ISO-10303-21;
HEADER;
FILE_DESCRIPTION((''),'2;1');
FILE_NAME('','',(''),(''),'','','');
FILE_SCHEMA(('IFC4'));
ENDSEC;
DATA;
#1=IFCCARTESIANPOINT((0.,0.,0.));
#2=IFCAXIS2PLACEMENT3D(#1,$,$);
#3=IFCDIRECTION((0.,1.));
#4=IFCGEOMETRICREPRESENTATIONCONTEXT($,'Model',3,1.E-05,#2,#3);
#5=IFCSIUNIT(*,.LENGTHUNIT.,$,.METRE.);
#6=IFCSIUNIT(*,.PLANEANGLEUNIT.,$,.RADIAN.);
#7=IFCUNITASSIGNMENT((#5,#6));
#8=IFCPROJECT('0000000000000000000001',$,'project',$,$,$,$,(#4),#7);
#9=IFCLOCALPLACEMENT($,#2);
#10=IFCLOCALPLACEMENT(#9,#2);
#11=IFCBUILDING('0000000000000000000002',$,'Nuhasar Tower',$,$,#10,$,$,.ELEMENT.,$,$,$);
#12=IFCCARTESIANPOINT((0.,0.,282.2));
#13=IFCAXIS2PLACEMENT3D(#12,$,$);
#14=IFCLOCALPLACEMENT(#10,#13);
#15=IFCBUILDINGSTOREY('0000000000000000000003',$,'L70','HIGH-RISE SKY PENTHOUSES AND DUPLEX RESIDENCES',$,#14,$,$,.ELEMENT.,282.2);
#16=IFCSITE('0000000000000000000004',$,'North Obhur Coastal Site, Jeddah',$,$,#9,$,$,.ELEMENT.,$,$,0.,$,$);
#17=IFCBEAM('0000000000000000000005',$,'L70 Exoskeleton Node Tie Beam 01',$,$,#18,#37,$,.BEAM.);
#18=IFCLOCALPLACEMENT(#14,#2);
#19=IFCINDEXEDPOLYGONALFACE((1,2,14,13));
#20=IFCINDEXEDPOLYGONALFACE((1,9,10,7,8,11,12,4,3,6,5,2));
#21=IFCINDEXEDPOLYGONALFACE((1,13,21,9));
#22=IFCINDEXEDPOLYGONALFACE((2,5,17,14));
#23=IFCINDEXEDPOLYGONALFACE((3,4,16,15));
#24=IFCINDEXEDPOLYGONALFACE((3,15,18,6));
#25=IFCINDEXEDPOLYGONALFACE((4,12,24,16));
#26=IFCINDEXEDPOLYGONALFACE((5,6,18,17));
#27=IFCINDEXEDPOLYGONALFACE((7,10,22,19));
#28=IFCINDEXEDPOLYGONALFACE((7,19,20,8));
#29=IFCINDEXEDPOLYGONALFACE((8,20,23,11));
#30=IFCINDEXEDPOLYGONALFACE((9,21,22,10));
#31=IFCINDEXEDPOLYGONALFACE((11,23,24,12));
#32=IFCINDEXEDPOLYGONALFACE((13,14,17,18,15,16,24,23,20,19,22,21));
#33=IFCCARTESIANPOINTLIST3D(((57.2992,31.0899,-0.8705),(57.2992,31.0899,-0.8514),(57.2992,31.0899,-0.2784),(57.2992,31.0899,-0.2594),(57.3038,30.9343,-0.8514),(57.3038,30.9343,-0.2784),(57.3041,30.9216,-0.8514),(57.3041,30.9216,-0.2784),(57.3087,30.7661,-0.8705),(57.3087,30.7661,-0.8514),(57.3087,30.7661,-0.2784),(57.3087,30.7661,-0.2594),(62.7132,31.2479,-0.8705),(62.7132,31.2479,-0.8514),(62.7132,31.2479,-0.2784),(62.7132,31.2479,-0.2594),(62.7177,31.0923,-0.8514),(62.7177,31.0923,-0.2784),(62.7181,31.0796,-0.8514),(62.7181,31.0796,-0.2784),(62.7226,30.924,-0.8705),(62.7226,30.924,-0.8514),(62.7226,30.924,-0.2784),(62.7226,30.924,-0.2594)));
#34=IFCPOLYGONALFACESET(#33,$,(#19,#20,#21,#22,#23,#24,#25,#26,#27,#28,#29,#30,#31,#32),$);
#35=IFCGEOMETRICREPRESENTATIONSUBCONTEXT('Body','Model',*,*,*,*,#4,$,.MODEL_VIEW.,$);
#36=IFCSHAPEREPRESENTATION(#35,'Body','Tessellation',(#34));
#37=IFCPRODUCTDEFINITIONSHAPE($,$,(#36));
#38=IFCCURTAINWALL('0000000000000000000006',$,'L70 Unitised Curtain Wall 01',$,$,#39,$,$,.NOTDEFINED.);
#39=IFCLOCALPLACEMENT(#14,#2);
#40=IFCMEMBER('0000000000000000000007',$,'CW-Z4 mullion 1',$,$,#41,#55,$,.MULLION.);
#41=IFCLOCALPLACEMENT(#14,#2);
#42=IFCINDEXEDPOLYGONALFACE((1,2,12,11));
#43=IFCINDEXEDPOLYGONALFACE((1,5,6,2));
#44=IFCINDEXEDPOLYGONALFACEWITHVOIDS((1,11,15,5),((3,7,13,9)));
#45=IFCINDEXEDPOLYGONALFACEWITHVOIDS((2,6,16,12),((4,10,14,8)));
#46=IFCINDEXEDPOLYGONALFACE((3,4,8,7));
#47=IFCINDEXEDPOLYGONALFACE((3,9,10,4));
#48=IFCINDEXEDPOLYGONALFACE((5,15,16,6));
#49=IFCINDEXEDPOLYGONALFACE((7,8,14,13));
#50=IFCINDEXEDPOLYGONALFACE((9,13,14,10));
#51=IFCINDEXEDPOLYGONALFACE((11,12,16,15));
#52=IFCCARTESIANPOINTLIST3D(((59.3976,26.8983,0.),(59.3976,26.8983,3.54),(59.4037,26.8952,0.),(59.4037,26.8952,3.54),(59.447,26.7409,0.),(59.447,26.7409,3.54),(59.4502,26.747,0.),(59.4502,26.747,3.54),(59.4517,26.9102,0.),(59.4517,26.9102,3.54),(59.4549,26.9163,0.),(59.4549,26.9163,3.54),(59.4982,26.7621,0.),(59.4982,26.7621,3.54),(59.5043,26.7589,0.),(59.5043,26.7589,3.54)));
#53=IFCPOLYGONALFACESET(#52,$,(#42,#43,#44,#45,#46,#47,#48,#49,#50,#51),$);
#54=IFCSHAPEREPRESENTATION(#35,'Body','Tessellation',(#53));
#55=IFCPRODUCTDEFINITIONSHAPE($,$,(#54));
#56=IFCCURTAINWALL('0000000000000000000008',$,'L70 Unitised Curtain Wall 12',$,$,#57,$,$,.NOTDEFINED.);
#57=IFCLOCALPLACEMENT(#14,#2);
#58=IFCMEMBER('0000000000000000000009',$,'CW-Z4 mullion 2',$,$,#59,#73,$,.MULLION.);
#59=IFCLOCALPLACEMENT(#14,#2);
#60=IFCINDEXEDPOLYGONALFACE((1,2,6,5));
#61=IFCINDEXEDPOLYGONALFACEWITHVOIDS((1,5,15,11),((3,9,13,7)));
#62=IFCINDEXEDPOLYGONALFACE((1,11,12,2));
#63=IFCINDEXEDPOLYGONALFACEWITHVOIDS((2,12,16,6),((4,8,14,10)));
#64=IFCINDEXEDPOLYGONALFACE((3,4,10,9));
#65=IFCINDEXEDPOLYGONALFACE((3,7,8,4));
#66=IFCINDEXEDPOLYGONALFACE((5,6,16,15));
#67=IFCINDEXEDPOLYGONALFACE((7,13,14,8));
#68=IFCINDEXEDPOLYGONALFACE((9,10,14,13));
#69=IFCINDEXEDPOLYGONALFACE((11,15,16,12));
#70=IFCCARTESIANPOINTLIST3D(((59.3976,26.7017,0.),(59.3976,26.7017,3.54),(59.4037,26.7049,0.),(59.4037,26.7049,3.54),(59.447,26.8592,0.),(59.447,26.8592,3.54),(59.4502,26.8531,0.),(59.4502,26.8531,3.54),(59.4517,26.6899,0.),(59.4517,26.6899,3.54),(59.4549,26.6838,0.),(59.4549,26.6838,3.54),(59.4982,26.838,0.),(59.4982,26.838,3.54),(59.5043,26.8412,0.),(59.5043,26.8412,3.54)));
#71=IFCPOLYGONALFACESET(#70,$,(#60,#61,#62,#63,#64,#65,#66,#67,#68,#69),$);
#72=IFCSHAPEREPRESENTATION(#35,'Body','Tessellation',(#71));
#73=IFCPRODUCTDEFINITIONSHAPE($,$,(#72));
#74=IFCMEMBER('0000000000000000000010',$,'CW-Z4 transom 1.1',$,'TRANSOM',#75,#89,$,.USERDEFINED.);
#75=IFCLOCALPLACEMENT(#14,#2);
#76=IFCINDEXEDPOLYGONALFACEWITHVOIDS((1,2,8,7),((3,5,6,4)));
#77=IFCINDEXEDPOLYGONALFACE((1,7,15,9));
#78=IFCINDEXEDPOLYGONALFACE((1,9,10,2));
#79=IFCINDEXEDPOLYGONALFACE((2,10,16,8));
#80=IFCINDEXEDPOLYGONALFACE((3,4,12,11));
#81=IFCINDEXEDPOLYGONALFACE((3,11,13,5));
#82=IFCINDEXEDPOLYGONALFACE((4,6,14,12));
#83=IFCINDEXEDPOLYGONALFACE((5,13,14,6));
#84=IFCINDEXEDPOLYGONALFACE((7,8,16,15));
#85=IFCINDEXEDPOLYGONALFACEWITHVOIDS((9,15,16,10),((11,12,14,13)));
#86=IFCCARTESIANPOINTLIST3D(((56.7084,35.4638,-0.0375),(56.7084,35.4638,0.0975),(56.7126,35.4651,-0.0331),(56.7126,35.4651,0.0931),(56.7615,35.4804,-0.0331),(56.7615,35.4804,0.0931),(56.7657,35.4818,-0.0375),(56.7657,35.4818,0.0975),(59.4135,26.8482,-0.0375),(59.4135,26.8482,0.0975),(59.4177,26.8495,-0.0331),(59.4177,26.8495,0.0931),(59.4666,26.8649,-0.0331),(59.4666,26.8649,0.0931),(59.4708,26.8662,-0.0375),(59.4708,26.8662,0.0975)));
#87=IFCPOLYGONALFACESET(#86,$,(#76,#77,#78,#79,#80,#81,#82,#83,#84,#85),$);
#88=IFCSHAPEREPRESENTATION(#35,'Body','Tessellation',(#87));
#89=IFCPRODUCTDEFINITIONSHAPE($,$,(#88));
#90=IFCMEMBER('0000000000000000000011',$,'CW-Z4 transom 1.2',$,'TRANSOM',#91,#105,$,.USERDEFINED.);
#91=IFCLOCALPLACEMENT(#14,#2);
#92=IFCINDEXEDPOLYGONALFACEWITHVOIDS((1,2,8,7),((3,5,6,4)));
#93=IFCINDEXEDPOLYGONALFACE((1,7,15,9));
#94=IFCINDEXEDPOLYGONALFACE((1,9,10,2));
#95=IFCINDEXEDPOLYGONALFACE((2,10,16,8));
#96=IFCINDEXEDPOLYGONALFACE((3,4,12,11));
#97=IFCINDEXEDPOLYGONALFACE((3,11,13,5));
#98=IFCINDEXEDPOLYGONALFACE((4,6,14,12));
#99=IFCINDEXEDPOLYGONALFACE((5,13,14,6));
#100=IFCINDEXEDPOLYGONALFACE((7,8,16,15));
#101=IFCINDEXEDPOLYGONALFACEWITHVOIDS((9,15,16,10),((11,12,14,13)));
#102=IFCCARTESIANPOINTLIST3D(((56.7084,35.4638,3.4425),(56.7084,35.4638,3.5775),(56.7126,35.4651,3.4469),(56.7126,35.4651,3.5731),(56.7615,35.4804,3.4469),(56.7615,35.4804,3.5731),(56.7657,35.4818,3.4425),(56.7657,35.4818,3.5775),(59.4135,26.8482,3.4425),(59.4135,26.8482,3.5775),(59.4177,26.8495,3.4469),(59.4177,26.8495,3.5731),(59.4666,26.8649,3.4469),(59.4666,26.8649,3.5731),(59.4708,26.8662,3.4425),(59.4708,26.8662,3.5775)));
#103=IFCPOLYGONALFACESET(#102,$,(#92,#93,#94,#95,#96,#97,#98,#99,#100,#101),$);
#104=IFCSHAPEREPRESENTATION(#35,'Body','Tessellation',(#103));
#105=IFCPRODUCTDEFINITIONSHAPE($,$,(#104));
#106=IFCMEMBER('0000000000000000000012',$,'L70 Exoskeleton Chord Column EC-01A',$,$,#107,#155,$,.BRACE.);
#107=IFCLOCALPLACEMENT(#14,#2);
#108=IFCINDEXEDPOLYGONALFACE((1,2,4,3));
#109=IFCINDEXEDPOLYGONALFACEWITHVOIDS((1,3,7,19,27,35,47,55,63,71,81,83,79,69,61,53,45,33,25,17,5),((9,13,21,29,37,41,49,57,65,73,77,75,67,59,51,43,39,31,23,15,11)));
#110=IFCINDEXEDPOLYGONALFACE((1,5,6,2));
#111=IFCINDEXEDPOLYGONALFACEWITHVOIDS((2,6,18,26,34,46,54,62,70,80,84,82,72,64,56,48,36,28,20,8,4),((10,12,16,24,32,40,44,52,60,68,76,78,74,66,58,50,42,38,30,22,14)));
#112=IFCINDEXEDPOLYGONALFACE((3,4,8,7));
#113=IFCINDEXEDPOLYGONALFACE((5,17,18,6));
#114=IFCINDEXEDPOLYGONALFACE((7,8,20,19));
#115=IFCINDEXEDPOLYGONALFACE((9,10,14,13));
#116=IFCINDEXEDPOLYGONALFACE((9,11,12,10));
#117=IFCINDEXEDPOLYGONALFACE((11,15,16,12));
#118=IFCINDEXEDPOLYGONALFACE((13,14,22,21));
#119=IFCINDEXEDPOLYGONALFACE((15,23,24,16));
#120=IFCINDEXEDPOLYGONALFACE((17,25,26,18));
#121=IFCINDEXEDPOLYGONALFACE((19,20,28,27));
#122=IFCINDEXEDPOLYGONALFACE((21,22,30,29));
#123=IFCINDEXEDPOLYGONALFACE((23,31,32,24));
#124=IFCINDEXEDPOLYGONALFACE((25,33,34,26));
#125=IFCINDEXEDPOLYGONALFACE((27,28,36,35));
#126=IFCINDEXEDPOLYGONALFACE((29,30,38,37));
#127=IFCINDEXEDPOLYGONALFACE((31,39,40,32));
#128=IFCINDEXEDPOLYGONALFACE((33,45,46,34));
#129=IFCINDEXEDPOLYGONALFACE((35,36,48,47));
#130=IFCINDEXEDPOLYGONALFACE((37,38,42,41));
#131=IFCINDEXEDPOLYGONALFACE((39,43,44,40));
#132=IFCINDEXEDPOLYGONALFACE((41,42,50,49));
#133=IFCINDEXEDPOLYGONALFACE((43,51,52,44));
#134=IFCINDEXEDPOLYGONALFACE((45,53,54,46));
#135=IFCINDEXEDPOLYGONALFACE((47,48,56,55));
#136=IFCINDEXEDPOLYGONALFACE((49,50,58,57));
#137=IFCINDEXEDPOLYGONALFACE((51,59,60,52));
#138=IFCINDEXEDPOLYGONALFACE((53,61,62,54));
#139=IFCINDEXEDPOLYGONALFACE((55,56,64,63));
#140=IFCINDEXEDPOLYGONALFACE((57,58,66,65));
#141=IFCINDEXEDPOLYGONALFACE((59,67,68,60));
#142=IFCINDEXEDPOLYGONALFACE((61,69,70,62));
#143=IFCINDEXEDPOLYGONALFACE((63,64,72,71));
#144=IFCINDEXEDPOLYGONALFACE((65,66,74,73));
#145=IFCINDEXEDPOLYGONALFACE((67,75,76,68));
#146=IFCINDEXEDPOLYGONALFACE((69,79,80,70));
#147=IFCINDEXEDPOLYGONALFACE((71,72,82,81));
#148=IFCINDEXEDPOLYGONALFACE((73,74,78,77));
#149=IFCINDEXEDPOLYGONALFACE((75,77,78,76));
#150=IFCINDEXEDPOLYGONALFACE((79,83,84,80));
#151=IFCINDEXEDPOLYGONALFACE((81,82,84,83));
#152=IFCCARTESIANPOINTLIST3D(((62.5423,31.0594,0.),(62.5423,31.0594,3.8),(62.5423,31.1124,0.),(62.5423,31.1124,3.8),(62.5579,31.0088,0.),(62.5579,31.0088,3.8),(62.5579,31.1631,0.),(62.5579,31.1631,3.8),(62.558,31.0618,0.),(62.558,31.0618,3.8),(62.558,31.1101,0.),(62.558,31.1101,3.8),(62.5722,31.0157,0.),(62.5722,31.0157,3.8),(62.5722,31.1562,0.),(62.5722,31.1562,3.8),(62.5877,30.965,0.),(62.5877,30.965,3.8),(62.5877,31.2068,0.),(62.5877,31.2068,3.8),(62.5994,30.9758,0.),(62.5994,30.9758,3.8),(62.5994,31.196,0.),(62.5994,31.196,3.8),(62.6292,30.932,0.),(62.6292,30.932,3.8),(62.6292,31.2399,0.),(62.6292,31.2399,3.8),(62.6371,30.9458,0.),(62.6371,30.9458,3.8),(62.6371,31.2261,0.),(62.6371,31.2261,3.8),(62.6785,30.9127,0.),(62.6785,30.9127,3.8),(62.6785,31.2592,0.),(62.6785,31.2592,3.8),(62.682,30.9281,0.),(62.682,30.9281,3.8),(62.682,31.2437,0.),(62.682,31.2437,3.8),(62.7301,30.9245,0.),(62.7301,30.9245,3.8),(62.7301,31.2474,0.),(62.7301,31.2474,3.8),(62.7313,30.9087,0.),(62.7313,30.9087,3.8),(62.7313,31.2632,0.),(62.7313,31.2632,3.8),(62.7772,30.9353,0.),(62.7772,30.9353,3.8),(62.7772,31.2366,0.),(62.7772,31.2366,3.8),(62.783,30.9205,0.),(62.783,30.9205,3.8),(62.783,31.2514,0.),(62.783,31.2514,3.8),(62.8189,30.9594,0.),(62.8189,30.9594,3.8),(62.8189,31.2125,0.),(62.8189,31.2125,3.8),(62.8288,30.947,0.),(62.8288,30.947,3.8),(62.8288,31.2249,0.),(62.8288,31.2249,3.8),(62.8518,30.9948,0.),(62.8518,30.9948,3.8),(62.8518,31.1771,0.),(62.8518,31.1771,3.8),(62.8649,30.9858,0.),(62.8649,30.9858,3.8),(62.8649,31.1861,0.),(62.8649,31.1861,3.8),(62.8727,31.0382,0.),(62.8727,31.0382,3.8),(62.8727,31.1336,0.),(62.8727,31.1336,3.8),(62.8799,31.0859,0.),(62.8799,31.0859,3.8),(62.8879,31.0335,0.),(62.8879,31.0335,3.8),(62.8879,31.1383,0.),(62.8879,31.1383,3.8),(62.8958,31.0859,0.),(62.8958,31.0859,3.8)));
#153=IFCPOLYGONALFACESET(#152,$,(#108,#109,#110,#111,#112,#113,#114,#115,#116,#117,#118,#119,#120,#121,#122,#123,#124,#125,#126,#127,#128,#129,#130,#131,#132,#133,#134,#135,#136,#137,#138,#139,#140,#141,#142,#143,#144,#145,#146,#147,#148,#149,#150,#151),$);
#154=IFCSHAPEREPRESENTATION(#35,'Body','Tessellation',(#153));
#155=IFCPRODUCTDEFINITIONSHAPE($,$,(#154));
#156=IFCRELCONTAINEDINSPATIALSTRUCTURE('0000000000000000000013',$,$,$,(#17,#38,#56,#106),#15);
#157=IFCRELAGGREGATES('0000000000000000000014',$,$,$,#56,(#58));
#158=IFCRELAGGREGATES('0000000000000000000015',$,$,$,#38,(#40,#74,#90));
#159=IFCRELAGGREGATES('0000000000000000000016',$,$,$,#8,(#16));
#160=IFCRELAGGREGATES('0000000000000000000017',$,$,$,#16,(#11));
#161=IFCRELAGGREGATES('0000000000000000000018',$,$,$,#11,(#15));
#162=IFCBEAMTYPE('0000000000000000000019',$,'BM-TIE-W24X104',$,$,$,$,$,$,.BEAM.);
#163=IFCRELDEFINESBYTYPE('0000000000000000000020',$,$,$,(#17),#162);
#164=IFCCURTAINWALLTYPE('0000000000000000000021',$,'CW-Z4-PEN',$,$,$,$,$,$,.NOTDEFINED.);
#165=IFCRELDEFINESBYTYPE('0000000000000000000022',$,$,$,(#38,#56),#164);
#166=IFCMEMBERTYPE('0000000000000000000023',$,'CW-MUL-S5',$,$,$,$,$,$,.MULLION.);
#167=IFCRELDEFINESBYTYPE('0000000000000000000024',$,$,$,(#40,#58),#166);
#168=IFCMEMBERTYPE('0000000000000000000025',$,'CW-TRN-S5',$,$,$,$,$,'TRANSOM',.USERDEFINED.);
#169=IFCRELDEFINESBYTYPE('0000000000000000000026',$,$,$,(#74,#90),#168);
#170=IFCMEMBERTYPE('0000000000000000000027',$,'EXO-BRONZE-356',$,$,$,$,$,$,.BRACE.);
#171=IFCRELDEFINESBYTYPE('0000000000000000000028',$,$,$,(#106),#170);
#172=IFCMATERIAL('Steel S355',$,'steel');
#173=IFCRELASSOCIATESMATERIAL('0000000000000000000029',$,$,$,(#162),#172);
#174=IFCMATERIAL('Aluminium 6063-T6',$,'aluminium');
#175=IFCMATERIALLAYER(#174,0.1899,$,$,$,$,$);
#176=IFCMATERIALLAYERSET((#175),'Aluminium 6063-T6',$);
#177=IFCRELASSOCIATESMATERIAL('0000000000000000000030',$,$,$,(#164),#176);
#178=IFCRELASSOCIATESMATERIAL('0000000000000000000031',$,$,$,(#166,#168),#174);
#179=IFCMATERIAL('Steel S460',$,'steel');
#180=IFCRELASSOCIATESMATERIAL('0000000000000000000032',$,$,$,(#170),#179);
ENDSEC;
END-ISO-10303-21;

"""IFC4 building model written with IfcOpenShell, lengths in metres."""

from ifc_helpers import new_model, si_unit, direction, frame, origin, origin_2d, place, context, subcontext, project, spatial, hollow_rectangle, hollow_circle, i_section, extrude, material, layer, layer_set, material_profile, profile_set, type_object, element, aggregate, save


model = new_model("IFC4")

# Units and contexts
model_context = context("Model", 3, precision=1e-05, world=origin(), true_north=direction((0.0, 1.0)))
body_context = subcontext(model_context, "Body", "Model", "MODEL_VIEW")
ifc_project = project(units=[si_unit("LENGTHUNIT", "METRE"), si_unit("PLANEANGLEUNIT", "RADIAN")], contexts=[model_context])

# Site, building, storey
site_placement = place(None, origin())
site = spatial("IfcSite", under=ifc_project, at=site_placement, Name="North Obhur Coastal Site, Jeddah", CompositionType="ELEMENT", RefElevation=0.0)
building_placement = place(site_placement, origin())
building = spatial("IfcBuilding", under=site, at=building_placement, Name="Nuhasar Tower", CompositionType="ELEMENT")
storey_placement = place(building_placement, frame((0.0, 0.0, 282.2)))
storey = spatial("IfcBuildingStorey", under=building, at=storey_placement, Name="L70", Description="HIGH-RISE SKY PENTHOUSES AND DUPLEX RESIDENCES", CompositionType="ELEMENT", Elevation=282.2)

# Beam
ifc_material_1 = material(Name="Steel S355", Category="steel")
ifc_material_profile_1 = material_profile(ifc_material_1, i_section(OverallWidth=0.324, OverallDepth=0.6111, WebThickness=0.0127, FlangeThickness=0.019, at=origin_2d()), Name="W24X104")
ifc_profile_set_1 = profile_set([ifc_material_profile_1], Name="Steel S355")
beam_type_1 = type_object("IfcBeamType", Name="BM-TIE-W24X104", PredefinedType="BEAM", material=ifc_profile_set_1)
beam_1_placement = place(storey_placement, frame((57.304, 30.928, -0.5649), z_axis=(0.999575, 0.029163, 0.0), x_axis=(-0.029163, 0.999575, 0.0)))
element("IfcBeam", 1, at=beam_1_placement, inside=storey, type_object=beam_type_1, Name="L70 Exoskeleton Node Tie Beam 01", PredefinedType="BEAM", context=body_context, shape_type="SweptSolid", body=[
    extrude(i_section(OverallWidth=0.324, OverallDepth=0.6111, WebThickness=0.0127, FlangeThickness=0.019, at=origin_2d()), origin(), (0.0, 0.0, 1.0), 5.4163),
])

# Curtain walls, members
ifc_material_2 = material(Name="Aluminium 6063-T6", Category="aluminium")
ifc_layer_1 = layer(ifc_material_2, 0.1899)
ifc_layer_set_1 = layer_set([ifc_layer_1], Name="Aluminium 6063-T6")
curtain_wall_type = type_object("IfcCurtainWallType", Name="CW-Z4-PEN", PredefinedType="NOTDEFINED", material=ifc_layer_set_1)
curtain_wall_1_placement = place(storey_placement, origin())
curtain_wall_1 = element("IfcCurtainWall", 2, at=curtain_wall_1_placement, inside=storey, type_object=curtain_wall_type, Name="L70 Unitised Curtain Wall 01", PredefinedType="NOTDEFINED")
ifc_material_profile_2 = material_profile(ifc_material_2, hollow_rectangle(XDim=0.0601, YDim=0.165, WallThickness=0.0049, at=origin_2d()), Name="CWM-5")
ifc_profile_set_2 = profile_set([ifc_material_profile_2], Name="Aluminium 6063-T6")
member_type_1 = type_object("IfcMemberType", Name="CW-MUL-S5", PredefinedType="MULLION", material=ifc_profile_set_2)
member_1_placement = place(storey_placement, frame((59.4509, 26.8286, 0.0), z_axis=(0.0, 0.0, 1.0), x_axis=(-0.954079, -0.299557, 0.0)))
member_1 = element("IfcMember", 3, at=member_1_placement, type_object=member_type_1, Name="CW-Z4 mullion 1", PredefinedType="MULLION", context=body_context, shape_type="SweptSolid", body=[
    extrude(hollow_rectangle(XDim=0.0601, YDim=0.165, WallThickness=0.0049, at=origin_2d()), origin(), (0.0, 0.0, 1.0), 3.54),
])
curtain_wall_2_placement = place(storey_placement, origin())
curtain_wall_2 = element("IfcCurtainWall", 4, at=curtain_wall_2_placement, inside=storey, type_object=curtain_wall_type, Name="L70 Unitised Curtain Wall 12", PredefinedType="NOTDEFINED")
member_2_placement = place(storey_placement, frame((59.4509, 26.7715, 0.0), z_axis=(0.0, 0.0, 1.0), x_axis=(-0.954079, 0.299557, 0.0)))
member_2 = element("IfcMember", 5, at=member_2_placement, type_object=member_type_1, Name="CW-Z4 mullion 2", PredefinedType="MULLION", context=body_context, shape_type="SweptSolid", body=[
    extrude(hollow_rectangle(XDim=0.0601, YDim=0.165, WallThickness=0.0049, at=origin_2d()), origin(), (0.0, 0.0, 1.0), 3.54),
])
aggregate(curtain_wall_2, [member_2])

# Members
ifc_material_profile_3 = material_profile(ifc_material_2, hollow_rectangle(XDim=0.0601, YDim=0.135, WallThickness=0.0044, at=origin_2d()), Name="CWT-5")
ifc_profile_set_3 = profile_set([ifc_material_profile_3], Name="Aluminium 6063-T6")
member_type_2 = type_object("IfcMemberType", Name="CW-TRN-S5", ElementType="TRANSOM", PredefinedType="USERDEFINED", material=ifc_profile_set_3)
member_3_placement = place(storey_placement, frame((59.4421, 26.8572, 0.03), z_axis=(-0.29956, 0.954077, 0.0), x_axis=(-0.954077, -0.29956, 0.0)))
member_3 = element("IfcMember", 6, at=member_3_placement, type_object=member_type_2, Name="CW-Z4 transom 1.1", ObjectType="TRANSOM", PredefinedType="USERDEFINED", context=body_context, shape_type="SweptSolid", body=[
    extrude(hollow_rectangle(XDim=0.0601, YDim=0.135, WallThickness=0.0044, at=origin_2d()), origin(), (0.0, 0.0, 1.0), 9.0303),
])
member_4_placement = place(storey_placement, frame((59.4421, 26.8572, 3.51), z_axis=(-0.29956, 0.954077, 0.0), x_axis=(-0.954077, -0.29956, 0.0)))
member_4 = element("IfcMember", 7, at=member_4_placement, type_object=member_type_2, Name="CW-Z4 transom 1.2", ObjectType="TRANSOM", PredefinedType="USERDEFINED", context=body_context, shape_type="SweptSolid", body=[
    extrude(hollow_rectangle(XDim=0.0601, YDim=0.135, WallThickness=0.0044, at=origin_2d()), origin(), (0.0, 0.0, 1.0), 9.0303),
])

# Member
ifc_material_3 = material(Name="Steel S460", Category="steel")
ifc_material_profile_4 = material_profile(ifc_material_3, hollow_circle(Radius=0.1777, WallThickness=0.0159, at=origin_2d()), Name="HSS355.6X15.9")
ifc_profile_set_4 = profile_set([ifc_material_profile_4], Name="Steel S460")
member_type_3 = type_object("IfcMemberType", Name="EXO-BRONZE-356", PredefinedType="BRACE", material=ifc_profile_set_4)
for number, where, z_axis, x_axis, name in (
    (8, (62.718, 31.0859, 0.0), (0.0, 0.0, 1.0), (1.0, 0.0, 0.0), "L70 Exoskeleton Chord Column EC-01A"),
):
    element("IfcMember", number, at=place(storey_placement, frame(where, z_axis=z_axis, x_axis=x_axis)), inside=storey, type_object=member_type_3, Name=name, PredefinedType="BRACE", context=body_context, shape_type="SweptSolid", body=[
        extrude(hollow_circle(Radius=0.1777, WallThickness=0.0159, at=origin_2d()), origin(), (0.0, 0.0, 1.0), 3.8),
    ])

aggregate(curtain_wall_1, [member_1, member_3, member_4])

save(model, "model.ifc")
